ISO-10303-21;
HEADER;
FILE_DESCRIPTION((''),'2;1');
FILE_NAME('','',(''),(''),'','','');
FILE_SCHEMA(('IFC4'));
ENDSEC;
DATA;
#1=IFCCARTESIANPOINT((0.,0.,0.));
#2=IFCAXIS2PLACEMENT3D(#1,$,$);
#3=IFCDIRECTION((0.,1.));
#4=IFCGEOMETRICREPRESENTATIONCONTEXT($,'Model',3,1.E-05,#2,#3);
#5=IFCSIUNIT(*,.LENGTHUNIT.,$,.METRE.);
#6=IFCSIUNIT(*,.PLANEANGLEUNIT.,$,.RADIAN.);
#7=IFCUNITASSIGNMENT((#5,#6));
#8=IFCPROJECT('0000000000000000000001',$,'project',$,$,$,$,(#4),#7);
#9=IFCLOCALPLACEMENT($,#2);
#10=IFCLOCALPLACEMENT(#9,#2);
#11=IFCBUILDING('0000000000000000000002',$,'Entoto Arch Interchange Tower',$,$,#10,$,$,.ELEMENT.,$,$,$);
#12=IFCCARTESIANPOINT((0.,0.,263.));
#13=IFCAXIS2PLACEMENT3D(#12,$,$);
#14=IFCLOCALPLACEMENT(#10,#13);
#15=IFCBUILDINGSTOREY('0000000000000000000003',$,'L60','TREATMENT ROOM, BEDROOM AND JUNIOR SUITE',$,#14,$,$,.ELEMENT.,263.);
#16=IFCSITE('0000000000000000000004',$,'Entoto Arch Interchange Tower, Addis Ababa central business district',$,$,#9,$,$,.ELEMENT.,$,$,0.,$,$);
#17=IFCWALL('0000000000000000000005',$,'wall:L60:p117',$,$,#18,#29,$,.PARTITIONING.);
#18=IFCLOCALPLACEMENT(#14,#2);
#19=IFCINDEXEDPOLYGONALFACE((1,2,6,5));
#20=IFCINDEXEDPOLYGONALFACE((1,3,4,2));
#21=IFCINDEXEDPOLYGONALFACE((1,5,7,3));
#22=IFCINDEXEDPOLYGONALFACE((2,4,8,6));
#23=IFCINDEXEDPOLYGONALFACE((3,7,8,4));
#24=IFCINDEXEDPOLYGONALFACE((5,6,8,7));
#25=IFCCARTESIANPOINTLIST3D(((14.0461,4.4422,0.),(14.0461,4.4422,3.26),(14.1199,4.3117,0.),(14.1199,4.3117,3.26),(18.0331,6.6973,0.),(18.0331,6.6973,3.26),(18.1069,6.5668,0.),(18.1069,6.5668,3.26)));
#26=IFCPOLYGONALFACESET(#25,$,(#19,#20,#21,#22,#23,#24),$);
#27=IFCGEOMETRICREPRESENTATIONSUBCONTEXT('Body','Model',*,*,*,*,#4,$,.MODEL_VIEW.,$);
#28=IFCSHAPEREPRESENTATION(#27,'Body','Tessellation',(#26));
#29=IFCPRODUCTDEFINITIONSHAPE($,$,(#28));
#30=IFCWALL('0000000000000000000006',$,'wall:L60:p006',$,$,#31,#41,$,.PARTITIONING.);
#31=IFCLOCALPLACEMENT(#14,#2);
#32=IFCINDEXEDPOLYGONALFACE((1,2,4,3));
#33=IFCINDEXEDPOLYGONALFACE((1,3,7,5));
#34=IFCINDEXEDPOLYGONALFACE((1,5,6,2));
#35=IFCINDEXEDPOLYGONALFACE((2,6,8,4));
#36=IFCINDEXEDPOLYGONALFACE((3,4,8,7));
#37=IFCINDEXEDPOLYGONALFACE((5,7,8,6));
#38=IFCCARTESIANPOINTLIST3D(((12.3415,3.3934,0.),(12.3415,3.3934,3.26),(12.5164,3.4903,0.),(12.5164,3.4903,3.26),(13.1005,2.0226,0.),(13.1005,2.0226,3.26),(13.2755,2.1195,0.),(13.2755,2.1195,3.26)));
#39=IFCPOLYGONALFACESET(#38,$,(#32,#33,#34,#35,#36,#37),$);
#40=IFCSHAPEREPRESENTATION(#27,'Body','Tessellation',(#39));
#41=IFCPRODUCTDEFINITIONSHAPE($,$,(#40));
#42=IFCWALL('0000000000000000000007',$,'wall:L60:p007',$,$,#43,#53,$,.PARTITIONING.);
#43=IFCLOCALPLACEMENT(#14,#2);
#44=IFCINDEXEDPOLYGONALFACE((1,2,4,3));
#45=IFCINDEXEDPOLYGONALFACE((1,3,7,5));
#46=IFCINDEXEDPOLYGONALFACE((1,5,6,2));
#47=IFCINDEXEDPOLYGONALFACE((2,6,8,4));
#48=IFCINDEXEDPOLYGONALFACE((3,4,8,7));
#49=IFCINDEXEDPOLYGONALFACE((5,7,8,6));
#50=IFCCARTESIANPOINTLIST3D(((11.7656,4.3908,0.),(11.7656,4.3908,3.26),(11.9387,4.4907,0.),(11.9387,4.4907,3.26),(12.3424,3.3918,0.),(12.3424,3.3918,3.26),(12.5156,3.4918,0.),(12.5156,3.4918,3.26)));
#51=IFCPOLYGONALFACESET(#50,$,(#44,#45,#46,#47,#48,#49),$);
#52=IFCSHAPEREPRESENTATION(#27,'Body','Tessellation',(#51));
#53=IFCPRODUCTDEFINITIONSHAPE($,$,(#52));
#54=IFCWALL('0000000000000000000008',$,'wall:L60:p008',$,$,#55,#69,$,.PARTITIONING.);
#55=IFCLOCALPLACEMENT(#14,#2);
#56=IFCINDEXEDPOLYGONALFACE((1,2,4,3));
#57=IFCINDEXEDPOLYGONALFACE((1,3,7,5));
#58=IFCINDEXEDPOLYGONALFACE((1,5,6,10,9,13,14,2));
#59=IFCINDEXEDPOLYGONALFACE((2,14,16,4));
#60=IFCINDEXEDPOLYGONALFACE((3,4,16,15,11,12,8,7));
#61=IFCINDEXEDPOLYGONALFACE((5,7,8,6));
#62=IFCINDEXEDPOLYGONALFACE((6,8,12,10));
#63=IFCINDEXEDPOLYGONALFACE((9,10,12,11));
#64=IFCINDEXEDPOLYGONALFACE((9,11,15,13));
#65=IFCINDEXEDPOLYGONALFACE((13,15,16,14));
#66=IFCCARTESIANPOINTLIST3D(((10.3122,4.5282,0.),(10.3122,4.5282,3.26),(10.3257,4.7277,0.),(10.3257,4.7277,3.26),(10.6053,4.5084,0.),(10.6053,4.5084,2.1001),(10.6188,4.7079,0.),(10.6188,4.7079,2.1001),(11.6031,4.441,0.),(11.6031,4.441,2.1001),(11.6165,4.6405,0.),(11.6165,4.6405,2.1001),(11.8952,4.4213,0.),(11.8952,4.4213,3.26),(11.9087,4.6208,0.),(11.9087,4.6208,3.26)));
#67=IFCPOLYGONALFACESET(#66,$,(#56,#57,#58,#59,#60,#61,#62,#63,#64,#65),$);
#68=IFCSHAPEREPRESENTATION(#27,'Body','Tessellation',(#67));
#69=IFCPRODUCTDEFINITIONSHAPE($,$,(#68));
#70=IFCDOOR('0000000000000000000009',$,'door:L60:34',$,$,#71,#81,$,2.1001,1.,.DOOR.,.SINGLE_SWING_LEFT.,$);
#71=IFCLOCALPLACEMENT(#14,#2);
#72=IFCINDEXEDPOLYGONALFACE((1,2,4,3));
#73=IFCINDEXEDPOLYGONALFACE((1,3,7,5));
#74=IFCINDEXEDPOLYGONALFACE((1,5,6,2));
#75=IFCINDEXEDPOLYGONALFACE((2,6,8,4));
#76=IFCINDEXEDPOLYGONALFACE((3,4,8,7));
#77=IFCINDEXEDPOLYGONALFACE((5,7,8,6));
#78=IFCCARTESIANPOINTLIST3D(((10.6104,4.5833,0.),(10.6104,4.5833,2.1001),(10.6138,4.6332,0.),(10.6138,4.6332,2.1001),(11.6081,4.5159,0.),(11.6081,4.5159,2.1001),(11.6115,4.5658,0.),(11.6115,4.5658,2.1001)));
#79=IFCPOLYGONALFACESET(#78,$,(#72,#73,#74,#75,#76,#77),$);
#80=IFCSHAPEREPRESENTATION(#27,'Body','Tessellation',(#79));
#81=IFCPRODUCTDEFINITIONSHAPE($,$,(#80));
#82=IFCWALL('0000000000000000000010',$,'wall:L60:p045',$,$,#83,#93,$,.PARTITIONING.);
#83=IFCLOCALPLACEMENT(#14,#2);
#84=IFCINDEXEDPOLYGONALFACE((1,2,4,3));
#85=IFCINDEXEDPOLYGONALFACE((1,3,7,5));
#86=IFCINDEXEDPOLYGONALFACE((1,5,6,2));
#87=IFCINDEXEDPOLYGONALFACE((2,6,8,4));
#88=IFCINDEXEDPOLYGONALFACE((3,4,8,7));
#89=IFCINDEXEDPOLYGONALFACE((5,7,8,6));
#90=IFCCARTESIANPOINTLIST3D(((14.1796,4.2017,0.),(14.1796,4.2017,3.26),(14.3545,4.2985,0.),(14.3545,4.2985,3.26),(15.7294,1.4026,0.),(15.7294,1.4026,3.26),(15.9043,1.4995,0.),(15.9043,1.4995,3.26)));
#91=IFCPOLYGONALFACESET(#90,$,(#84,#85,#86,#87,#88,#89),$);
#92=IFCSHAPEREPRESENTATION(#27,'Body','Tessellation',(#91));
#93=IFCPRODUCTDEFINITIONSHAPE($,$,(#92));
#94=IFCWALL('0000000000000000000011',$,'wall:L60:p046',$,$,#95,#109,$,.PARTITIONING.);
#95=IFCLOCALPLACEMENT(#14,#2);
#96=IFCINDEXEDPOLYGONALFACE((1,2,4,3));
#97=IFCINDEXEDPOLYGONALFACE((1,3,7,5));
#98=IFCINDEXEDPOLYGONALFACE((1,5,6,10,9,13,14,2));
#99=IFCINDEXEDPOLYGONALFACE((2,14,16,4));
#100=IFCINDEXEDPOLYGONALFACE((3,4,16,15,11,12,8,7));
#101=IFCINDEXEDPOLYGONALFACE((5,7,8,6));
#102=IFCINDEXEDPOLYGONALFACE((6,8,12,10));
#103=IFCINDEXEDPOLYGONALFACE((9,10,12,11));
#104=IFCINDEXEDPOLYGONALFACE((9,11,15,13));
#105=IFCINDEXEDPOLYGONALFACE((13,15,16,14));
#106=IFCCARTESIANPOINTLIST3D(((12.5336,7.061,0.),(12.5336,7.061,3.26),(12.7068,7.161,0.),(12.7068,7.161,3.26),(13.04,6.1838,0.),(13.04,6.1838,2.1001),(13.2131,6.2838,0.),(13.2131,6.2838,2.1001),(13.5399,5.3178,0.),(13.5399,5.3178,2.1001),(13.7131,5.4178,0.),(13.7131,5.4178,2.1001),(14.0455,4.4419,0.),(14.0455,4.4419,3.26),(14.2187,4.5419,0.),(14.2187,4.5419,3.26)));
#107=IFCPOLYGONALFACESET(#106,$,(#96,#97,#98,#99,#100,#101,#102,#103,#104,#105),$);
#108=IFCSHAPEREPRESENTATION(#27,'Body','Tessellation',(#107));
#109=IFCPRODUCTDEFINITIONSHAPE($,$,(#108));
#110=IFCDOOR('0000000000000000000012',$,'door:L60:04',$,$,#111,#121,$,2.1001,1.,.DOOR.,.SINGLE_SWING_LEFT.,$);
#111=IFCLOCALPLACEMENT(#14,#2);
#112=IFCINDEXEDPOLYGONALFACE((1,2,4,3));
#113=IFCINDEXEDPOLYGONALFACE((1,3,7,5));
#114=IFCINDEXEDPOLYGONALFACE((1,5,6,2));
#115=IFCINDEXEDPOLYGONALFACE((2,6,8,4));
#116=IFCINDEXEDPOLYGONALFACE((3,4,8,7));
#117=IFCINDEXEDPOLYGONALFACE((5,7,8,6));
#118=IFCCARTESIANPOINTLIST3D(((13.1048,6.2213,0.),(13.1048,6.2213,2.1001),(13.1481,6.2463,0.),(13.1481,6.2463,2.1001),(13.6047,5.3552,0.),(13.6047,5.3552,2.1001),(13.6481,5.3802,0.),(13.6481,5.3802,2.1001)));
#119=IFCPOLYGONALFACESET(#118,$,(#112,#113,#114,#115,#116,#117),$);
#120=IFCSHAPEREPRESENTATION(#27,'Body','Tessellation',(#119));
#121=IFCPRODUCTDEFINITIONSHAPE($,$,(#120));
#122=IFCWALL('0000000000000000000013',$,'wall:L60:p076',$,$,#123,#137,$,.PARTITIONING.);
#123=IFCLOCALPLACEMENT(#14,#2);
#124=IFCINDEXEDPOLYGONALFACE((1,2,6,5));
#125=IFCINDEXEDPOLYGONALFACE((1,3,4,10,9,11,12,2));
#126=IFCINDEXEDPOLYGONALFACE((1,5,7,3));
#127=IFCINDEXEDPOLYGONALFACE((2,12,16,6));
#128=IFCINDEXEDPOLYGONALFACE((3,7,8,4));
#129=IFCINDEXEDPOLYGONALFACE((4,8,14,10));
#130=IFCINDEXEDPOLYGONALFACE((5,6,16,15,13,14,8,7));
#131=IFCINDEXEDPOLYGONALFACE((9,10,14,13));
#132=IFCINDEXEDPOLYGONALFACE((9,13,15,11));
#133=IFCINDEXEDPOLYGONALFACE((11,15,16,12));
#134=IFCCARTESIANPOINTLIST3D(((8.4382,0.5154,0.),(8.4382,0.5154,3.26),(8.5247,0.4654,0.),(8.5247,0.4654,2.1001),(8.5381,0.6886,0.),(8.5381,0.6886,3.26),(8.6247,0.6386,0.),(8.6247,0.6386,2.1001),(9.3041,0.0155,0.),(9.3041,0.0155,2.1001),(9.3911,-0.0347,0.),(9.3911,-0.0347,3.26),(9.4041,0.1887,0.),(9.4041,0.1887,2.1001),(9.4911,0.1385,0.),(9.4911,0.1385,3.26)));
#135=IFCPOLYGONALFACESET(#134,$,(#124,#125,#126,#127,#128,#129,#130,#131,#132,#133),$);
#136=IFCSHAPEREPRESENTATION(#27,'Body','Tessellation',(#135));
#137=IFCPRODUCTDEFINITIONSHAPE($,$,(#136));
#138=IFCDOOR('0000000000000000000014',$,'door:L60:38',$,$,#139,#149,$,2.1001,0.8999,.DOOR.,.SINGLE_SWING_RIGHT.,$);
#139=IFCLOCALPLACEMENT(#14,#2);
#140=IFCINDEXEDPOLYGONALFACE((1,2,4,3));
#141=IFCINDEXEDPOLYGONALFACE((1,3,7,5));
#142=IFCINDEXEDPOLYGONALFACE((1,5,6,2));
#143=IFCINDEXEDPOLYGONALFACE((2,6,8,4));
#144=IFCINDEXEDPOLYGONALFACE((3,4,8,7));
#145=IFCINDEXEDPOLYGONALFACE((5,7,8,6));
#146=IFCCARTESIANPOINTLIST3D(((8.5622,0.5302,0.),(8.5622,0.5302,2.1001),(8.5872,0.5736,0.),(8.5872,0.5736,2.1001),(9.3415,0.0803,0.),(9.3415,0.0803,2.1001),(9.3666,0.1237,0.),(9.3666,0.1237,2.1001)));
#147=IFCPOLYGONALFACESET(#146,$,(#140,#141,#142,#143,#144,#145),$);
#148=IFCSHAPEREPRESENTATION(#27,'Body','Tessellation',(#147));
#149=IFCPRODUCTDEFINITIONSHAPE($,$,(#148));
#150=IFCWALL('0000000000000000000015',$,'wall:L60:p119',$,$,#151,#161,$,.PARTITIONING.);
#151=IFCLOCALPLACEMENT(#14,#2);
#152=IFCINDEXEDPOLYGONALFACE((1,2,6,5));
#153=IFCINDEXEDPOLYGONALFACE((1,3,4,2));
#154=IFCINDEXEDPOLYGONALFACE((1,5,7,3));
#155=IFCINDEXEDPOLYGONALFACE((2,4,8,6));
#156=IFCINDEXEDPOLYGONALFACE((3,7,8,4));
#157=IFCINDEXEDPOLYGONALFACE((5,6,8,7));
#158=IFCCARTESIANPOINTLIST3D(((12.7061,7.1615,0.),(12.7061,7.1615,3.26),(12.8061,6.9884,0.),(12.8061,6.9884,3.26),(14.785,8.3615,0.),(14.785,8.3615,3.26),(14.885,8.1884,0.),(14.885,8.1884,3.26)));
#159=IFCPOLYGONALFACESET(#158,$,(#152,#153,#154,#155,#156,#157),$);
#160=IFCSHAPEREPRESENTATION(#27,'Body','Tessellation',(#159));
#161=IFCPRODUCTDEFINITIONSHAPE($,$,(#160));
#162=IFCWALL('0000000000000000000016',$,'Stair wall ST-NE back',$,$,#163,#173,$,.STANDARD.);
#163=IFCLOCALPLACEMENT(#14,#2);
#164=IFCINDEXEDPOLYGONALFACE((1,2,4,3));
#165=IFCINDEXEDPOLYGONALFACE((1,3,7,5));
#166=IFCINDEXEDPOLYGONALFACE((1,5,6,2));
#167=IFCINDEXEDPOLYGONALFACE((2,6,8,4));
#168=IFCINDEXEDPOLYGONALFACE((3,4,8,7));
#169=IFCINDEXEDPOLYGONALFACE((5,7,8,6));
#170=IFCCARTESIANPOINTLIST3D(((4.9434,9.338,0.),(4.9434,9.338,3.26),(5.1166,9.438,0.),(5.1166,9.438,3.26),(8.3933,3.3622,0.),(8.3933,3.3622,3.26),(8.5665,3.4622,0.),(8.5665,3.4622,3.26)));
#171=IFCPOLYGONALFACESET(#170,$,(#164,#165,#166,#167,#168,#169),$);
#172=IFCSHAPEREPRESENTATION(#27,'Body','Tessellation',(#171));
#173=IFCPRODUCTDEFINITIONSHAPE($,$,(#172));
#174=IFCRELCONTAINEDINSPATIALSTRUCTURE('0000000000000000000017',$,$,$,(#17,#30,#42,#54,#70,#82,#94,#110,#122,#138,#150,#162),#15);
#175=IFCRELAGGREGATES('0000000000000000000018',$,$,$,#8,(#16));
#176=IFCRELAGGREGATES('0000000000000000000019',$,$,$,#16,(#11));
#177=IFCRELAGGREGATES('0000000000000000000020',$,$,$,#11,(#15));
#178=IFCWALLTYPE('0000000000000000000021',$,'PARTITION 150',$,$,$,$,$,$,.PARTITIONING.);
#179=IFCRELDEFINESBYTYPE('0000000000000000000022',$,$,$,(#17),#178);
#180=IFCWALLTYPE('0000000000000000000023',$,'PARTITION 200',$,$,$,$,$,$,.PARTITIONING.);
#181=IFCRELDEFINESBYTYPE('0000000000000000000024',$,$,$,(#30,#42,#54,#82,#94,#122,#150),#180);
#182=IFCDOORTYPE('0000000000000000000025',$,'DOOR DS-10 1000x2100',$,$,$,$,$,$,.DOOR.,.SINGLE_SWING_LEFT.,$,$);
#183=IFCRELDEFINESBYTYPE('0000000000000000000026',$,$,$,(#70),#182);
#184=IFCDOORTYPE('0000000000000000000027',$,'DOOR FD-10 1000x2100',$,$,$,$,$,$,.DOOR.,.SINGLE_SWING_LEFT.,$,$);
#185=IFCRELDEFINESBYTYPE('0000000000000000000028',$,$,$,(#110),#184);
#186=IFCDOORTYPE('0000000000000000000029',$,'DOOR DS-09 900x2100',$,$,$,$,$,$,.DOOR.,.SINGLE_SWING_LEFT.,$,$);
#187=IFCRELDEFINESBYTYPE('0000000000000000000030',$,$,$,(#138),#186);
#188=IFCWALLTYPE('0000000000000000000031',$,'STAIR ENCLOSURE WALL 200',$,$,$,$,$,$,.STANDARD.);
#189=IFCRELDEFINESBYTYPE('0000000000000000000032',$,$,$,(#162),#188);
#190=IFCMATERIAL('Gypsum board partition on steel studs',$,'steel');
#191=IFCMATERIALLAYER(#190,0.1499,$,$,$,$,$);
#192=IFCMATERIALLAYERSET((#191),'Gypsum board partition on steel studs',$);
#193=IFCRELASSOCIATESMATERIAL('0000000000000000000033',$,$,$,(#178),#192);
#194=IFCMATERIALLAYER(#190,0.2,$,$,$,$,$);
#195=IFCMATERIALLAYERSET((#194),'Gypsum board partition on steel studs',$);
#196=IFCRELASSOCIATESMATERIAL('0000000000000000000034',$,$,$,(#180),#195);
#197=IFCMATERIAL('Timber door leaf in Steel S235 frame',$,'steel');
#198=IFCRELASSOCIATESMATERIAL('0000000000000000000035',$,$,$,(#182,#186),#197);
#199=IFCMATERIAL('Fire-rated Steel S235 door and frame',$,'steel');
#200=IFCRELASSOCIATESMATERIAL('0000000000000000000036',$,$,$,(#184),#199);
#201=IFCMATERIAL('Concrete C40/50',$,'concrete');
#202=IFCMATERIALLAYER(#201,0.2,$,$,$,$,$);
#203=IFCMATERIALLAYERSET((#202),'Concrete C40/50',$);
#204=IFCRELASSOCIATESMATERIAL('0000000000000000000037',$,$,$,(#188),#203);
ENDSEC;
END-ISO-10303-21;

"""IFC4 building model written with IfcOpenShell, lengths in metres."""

from ifc_helpers import new_model, si_unit, direction, frame, frame_2d, origin, place, context, subcontext, project, spatial, rectangle, extrude, material, layer, layer_set, type_object, element, fill, save


model = new_model("IFC4")

# Units and contexts
model_context = context("Model", 3, precision=1e-05, world=origin(), true_north=direction((0.0, 1.0)))
body_context = subcontext(model_context, "Body", "Model", "MODEL_VIEW")
ifc_project = project(units=[si_unit("LENGTHUNIT", "METRE"), si_unit("PLANEANGLEUNIT", "RADIAN")], contexts=[model_context])

# Site, building, storey
site_placement = place(None, origin())
site = spatial("IfcSite", under=ifc_project, at=site_placement, Name="Entoto Arch Interchange Tower, Addis Ababa central business district", CompositionType="ELEMENT", RefElevation=0.0)
building_placement = place(site_placement, origin())
building = spatial("IfcBuilding", under=site, at=building_placement, Name="Entoto Arch Interchange Tower", CompositionType="ELEMENT")
storey_placement = place(building_placement, frame((0.0, 0.0, 263.0)))
storey = spatial("IfcBuildingStorey", under=building, at=storey_placement, Name="L60", Description="TREATMENT ROOM, BEDROOM AND JUNIOR SUITE", CompositionType="ELEMENT", Elevation=263.0)

# Walls
ifc_material_1 = material(Name="Gypsum board partition on steel studs", Category="steel")
ifc_layer_1 = layer(ifc_material_1, 0.1499)
ifc_layer_set_1 = layer_set([ifc_layer_1], Name="Gypsum board partition on steel studs")
wall_type_1 = type_object("IfcWallType", Name="PARTITION 150", PredefinedType="PARTITIONING", material=ifc_layer_set_1)
wall_1_placement = place(storey_placement, frame((14.083, 4.377, 0.0), z_axis=(0.0, 0.0, 1.0), x_axis=(0.870416, 0.492317, 0.0)))
element("IfcWall", 1, at=wall_1_placement, inside=storey, type_object=wall_type_1, Name="wall:L60:p117", PredefinedType="PARTITIONING", context=body_context, shape_type="SweptSolid", body=[
    extrude(rectangle(XDim=4.5806, YDim=0.1499, at=frame_2d((2.2903, 0.0))), origin(), (0.0, 0.0, 1.0), 3.26),
])
ifc_layer_2 = layer(ifc_material_1, 0.2)
ifc_layer_set_2 = layer_set([ifc_layer_2], Name="Gypsum board partition on steel studs")
wall_type_2 = type_object("IfcWallType", Name="PARTITION 200", PredefinedType="PARTITIONING", material=ifc_layer_set_2)
wall_2_placement = place(storey_placement, frame((13.188, 2.071, 0.0), z_axis=(0.0, 0.0, 1.0), x_axis=(-0.484399, 0.874847, 0.0)))
element("IfcWall", 2, at=wall_2_placement, inside=storey, type_object=wall_type_2, Name="wall:L60:p006", PredefinedType="PARTITIONING", context=body_context, shape_type="SweptSolid", body=[
    extrude(rectangle(XDim=1.5669, YDim=0.2, at=frame_2d((0.7834, 0.0))), origin(), (0.0, 0.0, 1.0), 3.26),
])
wall_3_placement = place(storey_placement, frame((12.429, 3.4419, 0.0), z_axis=(0.0, 0.0, 1.0), x_axis=(-0.500077, 0.865981, 0.0)))
element("IfcWall", 3, at=wall_3_placement, inside=storey, type_object=wall_type_2, Name="wall:L60:p007", PredefinedType="PARTITIONING", context=body_context, shape_type="SweptSolid", body=[
    extrude(rectangle(XDim=1.1536, YDim=0.2, at=frame_2d((0.5767, 0.0))), origin(), (0.0, 0.0, 1.0), 3.26),
])

# Wall, opening, door
wall_4_placement = place(storey_placement, frame((11.9021, 4.521, 0.0), z_axis=(0.0, 0.0, 1.0), x_axis=(-0.997726, 0.067397, 0.0)))
wall_4 = element("IfcWall", 4, at=wall_4_placement, inside=storey, type_object=wall_type_2, Name="wall:L60:p008", PredefinedType="PARTITIONING", context=body_context, shape_type="SweptSolid", body=[
    extrude(rectangle(XDim=1.5867, YDim=0.2, at=frame_2d((0.7935, 0.0))), origin(), (0.0, 0.0, 1.0), 3.26),
])
opening_1_placement = place(wall_4_placement, frame((0.293, 0.0, 0.0)))
opening_1 = element("IfcOpeningElement", 5, at=opening_1_placement, cuts=wall_4, PredefinedType="OPENING", context=body_context, shape_type="SweptSolid", body=[
    extrude(rectangle(XDim=1.0, YDim=2.1001, at=frame_2d((0.5, 1.05))), frame((0.0, 0.1099, 0.0), z_axis=(0.0, -1.0, 0.0), x_axis=(1.0, 0.0, 0.0)), (0.0, 0.0, 1.0), 0.22),
])
ifc_material_2 = material(Name="Timber door leaf in Steel S235 frame", Category="steel")
door_type_1 = type_object("IfcDoorType", Name="DOOR DS-10 1000x2100", OperationType="SINGLE_SWING_LEFT", PredefinedType="DOOR", material=ifc_material_2)
door_1_placement = place(opening_1_placement, origin())
door_1 = element("IfcDoor", 6, at=door_1_placement, inside=storey, type_object=door_type_1, Name="door:L60:34", OperationType="SINGLE_SWING_LEFT", OverallHeight=2.1001, OverallWidth=1.0, PredefinedType="DOOR", context=body_context, shape_type="SweptSolid", body=[
    extrude(rectangle(XDim=1.0, YDim=2.1001, at=frame_2d((0.5, 1.05))), frame((0.0, 0.0249, 0.0), z_axis=(0.0, -1.0, 0.0), x_axis=(1.0, 0.0, 0.0)), (0.0, 0.0, 1.0), 0.05),
])
fill(opening_1, door_1)

# Wall
wall_5_placement = place(storey_placement, frame((14.2671, 4.25, 0.0), z_axis=(0.0, 0.0, 1.0), x_axis=(0.484392, -0.874851, 0.0)))
element("IfcWall", 7, at=wall_5_placement, inside=storey, type_object=wall_type_2, Name="wall:L60:p045", PredefinedType="PARTITIONING", context=body_context, shape_type="SweptSolid", body=[
    extrude(rectangle(XDim=3.1995, YDim=0.2, at=frame_2d((1.5996, 0.0))), origin(), (0.0, 0.0, 1.0), 3.26),
])

# Walls, openings, doors
wall_6_placement = place(storey_placement, frame((12.6201, 7.1111, 0.0), z_axis=(0.0, 0.0, 1.0), x_axis=(0.499951, -0.866054, 0.0)))
wall_6 = element("IfcWall", 8, at=wall_6_placement, inside=storey, type_object=wall_type_2, Name="wall:L60:p046", PredefinedType="PARTITIONING", context=body_context, shape_type="SweptSolid", body=[
    extrude(rectangle(XDim=3.0242, YDim=0.2, at=frame_2d((1.5122, 0.0))), origin(), (0.0, 0.0, 1.0), 3.26),
])
opening_2_placement = place(wall_6_placement, frame((1.0129, 0.0, 0.0)))
opening_2 = element("IfcOpeningElement", 9, at=opening_2_placement, cuts=wall_6, PredefinedType="OPENING", context=body_context, shape_type="SweptSolid", body=[
    extrude(rectangle(XDim=1.0, YDim=2.1001, at=frame_2d((0.5, 1.05))), frame((0.0, 0.1099, 0.0), z_axis=(0.0, -1.0, 0.0), x_axis=(1.0, 0.0, 0.0)), (0.0, 0.0, 1.0), 0.22),
])
ifc_material_3 = material(Name="Fire-rated Steel S235 door and frame", Category="steel")
door_type_2 = type_object("IfcDoorType", Name="DOOR FD-10 1000x2100", OperationType="SINGLE_SWING_LEFT", PredefinedType="DOOR", material=ifc_material_3)
door_2_placement = place(opening_2_placement, origin())
door_2 = element("IfcDoor", 10, at=door_2_placement, inside=storey, type_object=door_type_2, Name="door:L60:04", OperationType="SINGLE_SWING_LEFT", OverallHeight=2.1001, OverallWidth=1.0, PredefinedType="DOOR", context=body_context, shape_type="SweptSolid", body=[
    extrude(rectangle(XDim=1.0, YDim=2.1001, at=frame_2d((0.5, 1.05))), frame((0.0, 0.0249, 0.0), z_axis=(0.0, -1.0, 0.0), x_axis=(1.0, 0.0, 0.0)), (0.0, 0.0, 1.0), 0.05),
])
fill(opening_2, door_2)
wall_7_placement = place(storey_placement, frame((8.488, 0.6021, 0.0), z_axis=(0.0, 0.0, 1.0), x_axis=(0.866064, -0.499934, 0.0)))
wall_7 = element("IfcWall", 11, at=wall_7_placement, inside=storey, type_object=wall_type_2, Name="wall:L60:p076", PredefinedType="PARTITIONING", context=body_context, shape_type="SweptSolid", body=[
    extrude(rectangle(XDim=1.1003, YDim=0.2, at=frame_2d((0.5503, 0.0))), origin(), (0.0, 0.0, 1.0), 3.26),
])
opening_3_placement = place(wall_7_placement, frame((0.1001, 0.0, 0.0)))
opening_3 = element("IfcOpeningElement", 12, at=opening_3_placement, cuts=wall_7, PredefinedType="OPENING", context=body_context, shape_type="SweptSolid", body=[
    extrude(rectangle(XDim=0.8999, YDim=2.1001, at=frame_2d((0.45, 1.05))), frame((0.0, 0.1099, 0.0), z_axis=(0.0, -1.0, 0.0), x_axis=(1.0, 0.0, 0.0)), (0.0, 0.0, 1.0), 0.22),
])
door_type_3 = type_object("IfcDoorType", Name="DOOR DS-09 900x2100", OperationType="SINGLE_SWING_LEFT", PredefinedType="DOOR", material=ifc_material_2)
door_3_placement = place(opening_3_placement, origin())
door_3 = element("IfcDoor", 13, at=door_3_placement, inside=storey, type_object=door_type_3, Name="door:L60:38", OperationType="SINGLE_SWING_RIGHT", OverallHeight=2.1001, OverallWidth=0.8999, PredefinedType="DOOR", context=body_context, shape_type="SweptSolid", body=[
    extrude(rectangle(XDim=0.8999, YDim=2.1001, at=frame_2d((0.45, 1.05))), frame((0.0, 0.0249, 0.0), z_axis=(0.0, -1.0, 0.0), x_axis=(1.0, 0.0, 0.0)), (0.0, 0.0, 1.0), 0.05),
])
fill(opening_3, door_3)

# Walls
wall_8_placement = place(storey_placement, frame((12.7561, 7.075, 0.0), z_axis=(0.0, 0.0, 1.0), x_axis=(0.866075, 0.499913, 0.0)))
element("IfcWall", 14, at=wall_8_placement, inside=storey, type_object=wall_type_2, Name="wall:L60:p119", PredefinedType="PARTITIONING", context=body_context, shape_type="SweptSolid", body=[
    extrude(rectangle(XDim=2.4004, YDim=0.2, at=frame_2d((1.2002, 0.0))), origin(), (0.0, 0.0, 1.0), 3.26),
])
ifc_material_4 = material(Name="Concrete C40/50", Category="concrete")
ifc_layer_3 = layer(ifc_material_4, 0.2)
ifc_layer_set_3 = layer_set([ifc_layer_3], Name="Concrete C40/50")
wall_type_3 = type_object("IfcWallType", Name="STAIR ENCLOSURE WALL 200", PredefinedType="STANDARD", material=ifc_layer_set_3)
wall_9_placement = place(storey_placement, frame((8.48, 3.4121, 0.0), z_axis=(0.0, 0.0, 1.0), x_axis=(-0.499979, 0.866038, 0.0)))
element("IfcWall", 15, at=wall_9_placement, inside=storey, type_object=wall_type_3, Name="Stair wall ST-NE back", PredefinedType="STANDARD", context=body_context, shape_type="SweptSolid", body=[
    extrude(rectangle(XDim=6.9001, YDim=0.2, at=frame_2d((3.4502, 0.0))), origin(), (0.0, 0.0, 1.0), 3.26),
])

save(model, "model.ifc")
